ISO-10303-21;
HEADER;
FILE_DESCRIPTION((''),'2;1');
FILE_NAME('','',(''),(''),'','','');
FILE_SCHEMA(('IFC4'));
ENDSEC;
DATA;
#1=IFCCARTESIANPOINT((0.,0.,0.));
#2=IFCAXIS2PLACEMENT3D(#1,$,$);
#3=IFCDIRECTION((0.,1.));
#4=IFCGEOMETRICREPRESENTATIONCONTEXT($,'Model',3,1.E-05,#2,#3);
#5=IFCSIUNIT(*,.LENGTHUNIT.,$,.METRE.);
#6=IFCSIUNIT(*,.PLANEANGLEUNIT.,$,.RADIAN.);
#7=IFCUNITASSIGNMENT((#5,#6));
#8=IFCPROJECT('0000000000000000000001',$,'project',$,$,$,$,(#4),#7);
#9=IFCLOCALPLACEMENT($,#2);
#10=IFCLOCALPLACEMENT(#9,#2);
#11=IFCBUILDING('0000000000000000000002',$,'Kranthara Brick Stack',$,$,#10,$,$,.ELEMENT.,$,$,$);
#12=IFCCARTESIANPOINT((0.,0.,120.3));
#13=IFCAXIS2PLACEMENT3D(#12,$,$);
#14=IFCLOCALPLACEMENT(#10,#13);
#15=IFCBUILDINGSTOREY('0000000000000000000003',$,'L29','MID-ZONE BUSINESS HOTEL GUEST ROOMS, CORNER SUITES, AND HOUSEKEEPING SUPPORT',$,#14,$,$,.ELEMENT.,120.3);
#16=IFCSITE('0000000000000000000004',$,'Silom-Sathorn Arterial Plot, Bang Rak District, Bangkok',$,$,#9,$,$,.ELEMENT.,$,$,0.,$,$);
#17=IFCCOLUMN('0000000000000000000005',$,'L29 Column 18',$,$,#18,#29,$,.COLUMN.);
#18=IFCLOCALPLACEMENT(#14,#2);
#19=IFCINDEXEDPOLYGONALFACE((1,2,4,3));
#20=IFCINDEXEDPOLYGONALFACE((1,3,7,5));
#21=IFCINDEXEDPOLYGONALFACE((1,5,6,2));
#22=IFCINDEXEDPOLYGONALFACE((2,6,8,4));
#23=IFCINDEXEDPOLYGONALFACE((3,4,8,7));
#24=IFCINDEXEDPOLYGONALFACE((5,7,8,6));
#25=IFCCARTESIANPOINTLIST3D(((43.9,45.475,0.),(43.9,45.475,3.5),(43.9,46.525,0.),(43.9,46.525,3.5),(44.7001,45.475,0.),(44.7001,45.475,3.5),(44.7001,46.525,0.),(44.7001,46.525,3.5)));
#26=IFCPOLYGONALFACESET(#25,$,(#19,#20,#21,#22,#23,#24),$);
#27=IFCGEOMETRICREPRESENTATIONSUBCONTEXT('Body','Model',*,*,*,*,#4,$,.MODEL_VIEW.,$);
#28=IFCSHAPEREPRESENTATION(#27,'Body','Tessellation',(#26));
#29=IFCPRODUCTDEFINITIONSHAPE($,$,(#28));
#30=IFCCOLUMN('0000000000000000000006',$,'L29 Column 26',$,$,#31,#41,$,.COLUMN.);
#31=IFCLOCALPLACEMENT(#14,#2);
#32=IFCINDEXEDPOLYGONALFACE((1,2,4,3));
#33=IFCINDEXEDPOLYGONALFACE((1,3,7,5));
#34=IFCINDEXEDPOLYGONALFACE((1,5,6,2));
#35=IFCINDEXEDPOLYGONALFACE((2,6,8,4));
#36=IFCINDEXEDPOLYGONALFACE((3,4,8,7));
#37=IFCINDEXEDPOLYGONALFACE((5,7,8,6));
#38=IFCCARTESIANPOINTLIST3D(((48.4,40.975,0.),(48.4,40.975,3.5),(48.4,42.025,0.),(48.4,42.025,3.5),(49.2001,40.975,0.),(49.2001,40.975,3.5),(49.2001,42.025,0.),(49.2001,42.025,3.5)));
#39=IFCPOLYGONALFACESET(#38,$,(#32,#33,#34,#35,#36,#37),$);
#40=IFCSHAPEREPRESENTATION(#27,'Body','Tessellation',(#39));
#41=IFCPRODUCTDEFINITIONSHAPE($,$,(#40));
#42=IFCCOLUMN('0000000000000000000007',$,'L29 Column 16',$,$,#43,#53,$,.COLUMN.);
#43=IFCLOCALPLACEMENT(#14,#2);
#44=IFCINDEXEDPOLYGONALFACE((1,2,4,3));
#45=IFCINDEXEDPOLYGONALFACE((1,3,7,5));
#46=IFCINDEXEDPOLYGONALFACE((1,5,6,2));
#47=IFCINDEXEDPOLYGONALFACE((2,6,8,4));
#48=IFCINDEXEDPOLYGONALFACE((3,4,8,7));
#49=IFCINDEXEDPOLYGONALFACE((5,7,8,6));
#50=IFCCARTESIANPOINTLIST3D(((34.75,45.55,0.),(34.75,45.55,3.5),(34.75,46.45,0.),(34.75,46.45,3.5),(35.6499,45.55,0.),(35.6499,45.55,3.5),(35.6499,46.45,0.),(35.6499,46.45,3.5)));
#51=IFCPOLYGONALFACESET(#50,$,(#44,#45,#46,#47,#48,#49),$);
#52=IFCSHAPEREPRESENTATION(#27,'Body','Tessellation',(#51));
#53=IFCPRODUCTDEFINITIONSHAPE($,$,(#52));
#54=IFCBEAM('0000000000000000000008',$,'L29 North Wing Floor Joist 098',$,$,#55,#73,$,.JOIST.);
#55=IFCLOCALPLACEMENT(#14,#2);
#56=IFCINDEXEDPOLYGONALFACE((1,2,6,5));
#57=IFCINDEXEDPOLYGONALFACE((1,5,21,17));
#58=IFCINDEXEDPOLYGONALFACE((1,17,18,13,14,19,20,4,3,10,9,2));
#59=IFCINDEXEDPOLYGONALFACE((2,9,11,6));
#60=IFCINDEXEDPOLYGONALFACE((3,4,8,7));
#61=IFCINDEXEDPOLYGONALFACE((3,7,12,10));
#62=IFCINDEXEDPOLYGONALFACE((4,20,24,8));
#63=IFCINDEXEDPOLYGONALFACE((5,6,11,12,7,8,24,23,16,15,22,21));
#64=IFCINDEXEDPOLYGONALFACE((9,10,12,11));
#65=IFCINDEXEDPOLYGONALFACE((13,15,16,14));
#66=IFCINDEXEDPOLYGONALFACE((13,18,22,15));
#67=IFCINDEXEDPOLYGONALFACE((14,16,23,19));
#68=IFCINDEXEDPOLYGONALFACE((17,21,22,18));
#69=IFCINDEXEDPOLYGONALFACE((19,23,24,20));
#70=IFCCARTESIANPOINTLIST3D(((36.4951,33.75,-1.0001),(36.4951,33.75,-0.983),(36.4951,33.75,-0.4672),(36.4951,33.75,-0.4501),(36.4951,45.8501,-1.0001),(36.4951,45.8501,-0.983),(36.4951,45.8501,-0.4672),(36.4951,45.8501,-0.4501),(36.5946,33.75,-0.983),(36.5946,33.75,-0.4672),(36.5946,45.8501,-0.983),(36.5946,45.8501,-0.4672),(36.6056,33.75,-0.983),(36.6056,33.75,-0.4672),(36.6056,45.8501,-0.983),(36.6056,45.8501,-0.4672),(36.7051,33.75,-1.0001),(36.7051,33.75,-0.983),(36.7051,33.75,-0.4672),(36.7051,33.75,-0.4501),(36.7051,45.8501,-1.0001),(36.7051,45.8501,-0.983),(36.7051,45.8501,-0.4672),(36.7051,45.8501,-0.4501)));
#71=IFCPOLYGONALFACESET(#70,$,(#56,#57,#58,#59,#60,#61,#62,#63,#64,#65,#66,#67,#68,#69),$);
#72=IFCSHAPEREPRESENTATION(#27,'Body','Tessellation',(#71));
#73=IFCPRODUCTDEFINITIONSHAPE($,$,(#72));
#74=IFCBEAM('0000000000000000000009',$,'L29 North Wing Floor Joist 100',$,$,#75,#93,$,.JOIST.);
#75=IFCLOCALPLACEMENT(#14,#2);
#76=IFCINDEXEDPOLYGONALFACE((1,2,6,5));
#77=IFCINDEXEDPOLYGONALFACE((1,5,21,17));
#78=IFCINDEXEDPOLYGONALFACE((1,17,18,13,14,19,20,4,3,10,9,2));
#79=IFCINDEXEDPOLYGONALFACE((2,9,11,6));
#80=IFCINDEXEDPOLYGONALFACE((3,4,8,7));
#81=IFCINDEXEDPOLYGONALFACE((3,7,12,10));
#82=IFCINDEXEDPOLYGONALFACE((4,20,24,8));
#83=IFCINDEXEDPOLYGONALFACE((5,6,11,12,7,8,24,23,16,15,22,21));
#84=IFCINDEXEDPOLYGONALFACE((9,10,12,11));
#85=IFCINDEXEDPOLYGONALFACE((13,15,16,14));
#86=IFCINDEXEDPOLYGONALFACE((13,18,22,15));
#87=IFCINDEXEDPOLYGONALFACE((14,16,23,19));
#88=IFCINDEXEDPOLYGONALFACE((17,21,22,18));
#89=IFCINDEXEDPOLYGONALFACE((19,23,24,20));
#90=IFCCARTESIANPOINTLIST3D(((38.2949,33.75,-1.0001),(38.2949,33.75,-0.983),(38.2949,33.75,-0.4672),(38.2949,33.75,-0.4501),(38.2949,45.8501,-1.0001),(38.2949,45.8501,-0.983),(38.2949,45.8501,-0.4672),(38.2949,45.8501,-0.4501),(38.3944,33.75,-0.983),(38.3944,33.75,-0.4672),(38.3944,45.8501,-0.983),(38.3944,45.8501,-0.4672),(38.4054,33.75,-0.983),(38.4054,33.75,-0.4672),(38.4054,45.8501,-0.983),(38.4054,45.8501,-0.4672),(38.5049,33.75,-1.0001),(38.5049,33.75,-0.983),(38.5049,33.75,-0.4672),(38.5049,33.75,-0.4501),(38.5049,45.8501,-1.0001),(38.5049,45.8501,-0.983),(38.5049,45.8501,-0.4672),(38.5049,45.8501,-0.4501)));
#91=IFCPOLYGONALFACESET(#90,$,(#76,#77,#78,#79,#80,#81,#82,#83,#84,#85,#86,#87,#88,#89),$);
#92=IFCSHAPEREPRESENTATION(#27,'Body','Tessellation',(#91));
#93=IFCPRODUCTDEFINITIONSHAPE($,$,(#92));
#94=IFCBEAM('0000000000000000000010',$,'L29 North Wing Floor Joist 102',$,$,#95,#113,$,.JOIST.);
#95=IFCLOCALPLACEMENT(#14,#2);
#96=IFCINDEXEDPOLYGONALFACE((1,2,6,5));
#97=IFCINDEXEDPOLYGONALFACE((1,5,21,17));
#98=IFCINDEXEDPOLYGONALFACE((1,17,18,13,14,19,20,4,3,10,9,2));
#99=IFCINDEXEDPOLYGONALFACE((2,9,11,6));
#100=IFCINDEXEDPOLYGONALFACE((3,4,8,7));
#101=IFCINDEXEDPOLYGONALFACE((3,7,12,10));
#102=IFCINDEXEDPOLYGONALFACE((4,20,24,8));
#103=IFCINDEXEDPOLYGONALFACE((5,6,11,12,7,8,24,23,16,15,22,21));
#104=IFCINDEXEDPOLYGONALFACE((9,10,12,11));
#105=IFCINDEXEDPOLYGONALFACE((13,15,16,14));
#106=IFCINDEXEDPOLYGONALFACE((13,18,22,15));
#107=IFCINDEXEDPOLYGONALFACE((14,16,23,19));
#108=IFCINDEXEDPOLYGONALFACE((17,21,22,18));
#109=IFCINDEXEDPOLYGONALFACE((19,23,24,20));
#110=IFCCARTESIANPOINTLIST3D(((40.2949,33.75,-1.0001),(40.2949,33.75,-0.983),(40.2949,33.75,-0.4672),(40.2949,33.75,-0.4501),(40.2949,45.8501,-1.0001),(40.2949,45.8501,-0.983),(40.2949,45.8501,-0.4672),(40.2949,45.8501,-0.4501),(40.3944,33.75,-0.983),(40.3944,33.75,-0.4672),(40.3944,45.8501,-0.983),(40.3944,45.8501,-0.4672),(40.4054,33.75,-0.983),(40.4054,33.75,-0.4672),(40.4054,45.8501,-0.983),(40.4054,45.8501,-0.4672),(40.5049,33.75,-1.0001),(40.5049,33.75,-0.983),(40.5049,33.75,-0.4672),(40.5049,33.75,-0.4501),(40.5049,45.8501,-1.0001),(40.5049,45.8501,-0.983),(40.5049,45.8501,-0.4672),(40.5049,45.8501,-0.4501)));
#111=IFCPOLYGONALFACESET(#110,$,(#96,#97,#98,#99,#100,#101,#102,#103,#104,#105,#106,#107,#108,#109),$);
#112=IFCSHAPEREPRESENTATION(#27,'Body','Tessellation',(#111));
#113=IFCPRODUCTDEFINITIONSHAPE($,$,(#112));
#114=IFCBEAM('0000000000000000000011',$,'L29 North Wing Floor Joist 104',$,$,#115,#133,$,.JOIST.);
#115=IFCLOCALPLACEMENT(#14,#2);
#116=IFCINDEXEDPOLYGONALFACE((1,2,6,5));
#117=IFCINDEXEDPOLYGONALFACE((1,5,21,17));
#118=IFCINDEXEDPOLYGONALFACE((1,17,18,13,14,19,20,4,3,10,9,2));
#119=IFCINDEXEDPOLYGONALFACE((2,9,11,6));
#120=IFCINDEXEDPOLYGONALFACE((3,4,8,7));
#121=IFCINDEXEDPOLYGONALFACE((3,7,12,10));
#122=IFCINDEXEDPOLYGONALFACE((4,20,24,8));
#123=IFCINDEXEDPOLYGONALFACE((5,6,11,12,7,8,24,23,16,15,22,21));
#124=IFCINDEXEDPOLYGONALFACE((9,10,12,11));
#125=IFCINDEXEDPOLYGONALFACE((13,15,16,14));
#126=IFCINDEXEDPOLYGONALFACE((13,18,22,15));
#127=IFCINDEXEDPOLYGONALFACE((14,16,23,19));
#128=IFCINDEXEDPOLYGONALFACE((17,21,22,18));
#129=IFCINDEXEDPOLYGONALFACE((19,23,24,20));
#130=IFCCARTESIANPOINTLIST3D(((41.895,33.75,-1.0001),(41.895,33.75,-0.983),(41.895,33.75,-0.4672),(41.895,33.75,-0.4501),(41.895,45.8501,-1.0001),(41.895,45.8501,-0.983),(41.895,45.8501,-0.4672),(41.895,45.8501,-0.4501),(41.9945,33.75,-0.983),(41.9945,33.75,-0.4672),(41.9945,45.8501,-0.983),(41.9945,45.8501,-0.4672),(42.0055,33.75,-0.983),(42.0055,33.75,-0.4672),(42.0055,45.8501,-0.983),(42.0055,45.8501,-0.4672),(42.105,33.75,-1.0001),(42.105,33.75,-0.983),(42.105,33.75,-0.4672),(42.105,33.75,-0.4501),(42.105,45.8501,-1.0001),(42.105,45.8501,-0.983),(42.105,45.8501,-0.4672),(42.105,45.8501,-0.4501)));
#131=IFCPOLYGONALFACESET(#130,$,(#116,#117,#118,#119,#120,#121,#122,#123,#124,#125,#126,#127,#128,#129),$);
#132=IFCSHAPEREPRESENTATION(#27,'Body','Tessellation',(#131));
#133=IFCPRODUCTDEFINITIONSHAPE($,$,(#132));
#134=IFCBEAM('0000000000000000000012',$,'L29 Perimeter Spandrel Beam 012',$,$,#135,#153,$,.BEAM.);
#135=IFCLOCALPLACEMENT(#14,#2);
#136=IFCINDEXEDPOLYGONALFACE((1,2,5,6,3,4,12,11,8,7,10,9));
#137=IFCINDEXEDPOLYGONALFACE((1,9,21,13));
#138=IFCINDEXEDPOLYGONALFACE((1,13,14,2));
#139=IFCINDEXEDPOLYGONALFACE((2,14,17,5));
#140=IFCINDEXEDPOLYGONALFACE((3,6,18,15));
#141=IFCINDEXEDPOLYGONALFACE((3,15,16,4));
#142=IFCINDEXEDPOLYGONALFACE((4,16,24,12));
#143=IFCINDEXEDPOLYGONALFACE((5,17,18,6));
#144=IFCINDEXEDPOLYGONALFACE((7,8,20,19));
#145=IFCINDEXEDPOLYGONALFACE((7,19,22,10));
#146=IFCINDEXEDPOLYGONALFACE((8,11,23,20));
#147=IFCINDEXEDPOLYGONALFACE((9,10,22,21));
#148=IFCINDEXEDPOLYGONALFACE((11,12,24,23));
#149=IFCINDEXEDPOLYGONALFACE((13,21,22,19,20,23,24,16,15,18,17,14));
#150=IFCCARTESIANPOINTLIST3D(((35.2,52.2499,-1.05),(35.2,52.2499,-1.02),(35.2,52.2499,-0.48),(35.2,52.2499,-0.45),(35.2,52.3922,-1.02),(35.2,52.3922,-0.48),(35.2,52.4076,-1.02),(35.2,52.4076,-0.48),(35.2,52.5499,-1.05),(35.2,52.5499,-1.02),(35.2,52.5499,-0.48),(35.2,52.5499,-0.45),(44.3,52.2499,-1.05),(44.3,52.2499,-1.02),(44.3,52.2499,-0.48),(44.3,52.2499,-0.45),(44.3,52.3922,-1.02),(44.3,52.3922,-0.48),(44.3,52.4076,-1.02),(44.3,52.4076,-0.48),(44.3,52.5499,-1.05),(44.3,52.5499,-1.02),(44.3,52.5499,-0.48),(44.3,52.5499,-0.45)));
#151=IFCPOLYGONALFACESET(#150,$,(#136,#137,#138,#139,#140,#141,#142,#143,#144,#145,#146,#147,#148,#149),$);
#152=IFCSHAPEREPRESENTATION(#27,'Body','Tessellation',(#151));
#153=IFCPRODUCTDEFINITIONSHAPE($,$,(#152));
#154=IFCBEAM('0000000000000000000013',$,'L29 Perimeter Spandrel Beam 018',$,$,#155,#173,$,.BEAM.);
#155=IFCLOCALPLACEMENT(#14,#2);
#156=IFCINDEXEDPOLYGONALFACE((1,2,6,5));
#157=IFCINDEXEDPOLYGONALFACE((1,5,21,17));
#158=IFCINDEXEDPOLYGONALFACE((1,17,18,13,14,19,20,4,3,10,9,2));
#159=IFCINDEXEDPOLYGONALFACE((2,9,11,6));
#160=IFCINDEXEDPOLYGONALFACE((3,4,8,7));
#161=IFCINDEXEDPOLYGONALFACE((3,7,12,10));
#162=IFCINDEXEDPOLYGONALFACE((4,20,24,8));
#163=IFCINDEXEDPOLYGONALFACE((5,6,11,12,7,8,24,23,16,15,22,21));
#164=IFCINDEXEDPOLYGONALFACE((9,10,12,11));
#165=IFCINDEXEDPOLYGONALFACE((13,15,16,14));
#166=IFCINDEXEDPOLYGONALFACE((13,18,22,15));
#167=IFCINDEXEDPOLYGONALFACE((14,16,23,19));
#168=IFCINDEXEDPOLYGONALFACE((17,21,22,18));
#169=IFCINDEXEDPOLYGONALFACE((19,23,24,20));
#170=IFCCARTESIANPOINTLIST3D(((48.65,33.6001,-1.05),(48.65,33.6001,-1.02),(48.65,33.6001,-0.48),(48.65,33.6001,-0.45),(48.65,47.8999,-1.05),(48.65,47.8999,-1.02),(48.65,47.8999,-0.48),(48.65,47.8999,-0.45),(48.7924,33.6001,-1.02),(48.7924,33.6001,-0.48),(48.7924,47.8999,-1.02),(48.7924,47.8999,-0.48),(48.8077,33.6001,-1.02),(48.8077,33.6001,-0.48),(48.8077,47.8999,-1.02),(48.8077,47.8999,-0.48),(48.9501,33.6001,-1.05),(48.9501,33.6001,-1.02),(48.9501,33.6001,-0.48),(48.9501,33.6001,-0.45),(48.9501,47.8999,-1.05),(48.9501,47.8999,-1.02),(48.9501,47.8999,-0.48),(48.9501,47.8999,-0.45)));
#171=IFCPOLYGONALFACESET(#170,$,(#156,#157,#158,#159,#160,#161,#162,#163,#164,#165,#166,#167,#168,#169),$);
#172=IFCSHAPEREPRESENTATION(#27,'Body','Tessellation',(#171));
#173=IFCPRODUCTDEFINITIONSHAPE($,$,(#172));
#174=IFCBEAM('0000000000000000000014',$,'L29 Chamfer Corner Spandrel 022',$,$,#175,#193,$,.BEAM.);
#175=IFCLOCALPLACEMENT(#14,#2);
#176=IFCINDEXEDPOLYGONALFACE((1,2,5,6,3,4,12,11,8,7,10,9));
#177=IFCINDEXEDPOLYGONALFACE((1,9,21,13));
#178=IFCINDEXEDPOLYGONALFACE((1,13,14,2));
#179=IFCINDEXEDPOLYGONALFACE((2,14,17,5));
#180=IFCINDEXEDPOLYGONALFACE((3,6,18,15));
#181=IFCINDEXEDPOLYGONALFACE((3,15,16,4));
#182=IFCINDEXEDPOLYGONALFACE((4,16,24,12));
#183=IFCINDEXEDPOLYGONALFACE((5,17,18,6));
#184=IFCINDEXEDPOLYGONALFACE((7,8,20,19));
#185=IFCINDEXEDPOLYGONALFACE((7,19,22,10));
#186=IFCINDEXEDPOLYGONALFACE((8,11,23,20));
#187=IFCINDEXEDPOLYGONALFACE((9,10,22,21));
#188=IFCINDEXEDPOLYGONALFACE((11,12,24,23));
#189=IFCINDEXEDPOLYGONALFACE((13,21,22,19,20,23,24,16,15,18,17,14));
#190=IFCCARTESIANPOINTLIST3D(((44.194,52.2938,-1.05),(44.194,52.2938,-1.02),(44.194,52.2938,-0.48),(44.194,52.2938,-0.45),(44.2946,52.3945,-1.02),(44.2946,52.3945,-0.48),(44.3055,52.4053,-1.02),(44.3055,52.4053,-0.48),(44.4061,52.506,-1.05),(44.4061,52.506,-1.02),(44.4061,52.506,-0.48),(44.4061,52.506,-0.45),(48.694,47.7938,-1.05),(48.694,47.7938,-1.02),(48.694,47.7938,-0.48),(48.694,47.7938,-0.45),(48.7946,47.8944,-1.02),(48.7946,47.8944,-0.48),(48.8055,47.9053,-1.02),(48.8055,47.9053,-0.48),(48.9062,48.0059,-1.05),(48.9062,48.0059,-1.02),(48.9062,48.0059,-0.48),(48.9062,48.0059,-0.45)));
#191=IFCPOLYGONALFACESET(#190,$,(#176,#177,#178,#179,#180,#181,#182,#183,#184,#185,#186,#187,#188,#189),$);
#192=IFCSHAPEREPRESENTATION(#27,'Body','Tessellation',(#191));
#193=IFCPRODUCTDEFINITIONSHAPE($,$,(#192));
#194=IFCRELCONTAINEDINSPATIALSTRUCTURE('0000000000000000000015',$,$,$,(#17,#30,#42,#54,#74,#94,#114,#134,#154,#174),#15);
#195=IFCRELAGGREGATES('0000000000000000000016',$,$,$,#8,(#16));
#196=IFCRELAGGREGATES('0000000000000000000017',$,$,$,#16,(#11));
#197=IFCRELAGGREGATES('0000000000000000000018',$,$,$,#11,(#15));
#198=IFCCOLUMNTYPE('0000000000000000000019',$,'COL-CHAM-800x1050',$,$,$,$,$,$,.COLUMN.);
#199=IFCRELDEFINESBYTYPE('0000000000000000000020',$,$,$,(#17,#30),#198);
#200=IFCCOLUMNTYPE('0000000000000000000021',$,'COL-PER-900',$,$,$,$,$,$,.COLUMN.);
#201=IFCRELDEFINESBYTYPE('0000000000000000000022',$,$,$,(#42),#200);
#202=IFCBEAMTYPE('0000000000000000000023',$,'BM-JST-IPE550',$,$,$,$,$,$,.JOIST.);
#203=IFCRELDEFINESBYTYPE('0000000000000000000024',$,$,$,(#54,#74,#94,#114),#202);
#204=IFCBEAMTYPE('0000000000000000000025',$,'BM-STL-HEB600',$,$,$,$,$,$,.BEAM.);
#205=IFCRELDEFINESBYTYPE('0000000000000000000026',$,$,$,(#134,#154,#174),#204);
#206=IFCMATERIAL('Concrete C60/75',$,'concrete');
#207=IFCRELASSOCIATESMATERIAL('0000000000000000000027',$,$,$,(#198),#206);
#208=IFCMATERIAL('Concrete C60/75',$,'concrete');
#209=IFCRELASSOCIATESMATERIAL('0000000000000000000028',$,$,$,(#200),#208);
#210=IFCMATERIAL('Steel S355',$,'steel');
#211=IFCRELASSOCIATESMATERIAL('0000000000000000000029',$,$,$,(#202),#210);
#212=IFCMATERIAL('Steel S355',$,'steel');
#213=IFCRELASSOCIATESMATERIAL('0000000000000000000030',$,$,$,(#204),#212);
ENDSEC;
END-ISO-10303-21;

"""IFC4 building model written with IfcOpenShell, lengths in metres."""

from ifc_helpers import new_model, si_unit, direction, frame, origin, origin_2d, place, context, subcontext, project, spatial, rectangle, i_section, extrude, material, material_profile, profile_set, type_object, element, save


model = new_model("IFC4")

# Units and contexts
model_context = context("Model", 3, precision=1e-05, world=origin(), true_north=direction((0.0, 1.0)))
body_context = subcontext(model_context, "Body", "Model", "MODEL_VIEW")
ifc_project = project(units=[si_unit("LENGTHUNIT", "METRE"), si_unit("PLANEANGLEUNIT", "RADIAN")], contexts=[model_context])

# Site, building, storey
site_placement = place(None, origin())
site = spatial("IfcSite", under=ifc_project, at=site_placement, Name="Silom-Sathorn Arterial Plot, Bang Rak District, Bangkok", CompositionType="ELEMENT", RefElevation=0.0)
building_placement = place(site_placement, origin())
building = spatial("IfcBuilding", under=site, at=building_placement, Name="Kranthara Brick Stack", CompositionType="ELEMENT")
storey_placement = place(building_placement, frame((0.0, 0.0, 120.3)))
storey = spatial("IfcBuildingStorey", under=building, at=storey_placement, Name="L29", Description="MID-ZONE BUSINESS HOTEL GUEST ROOMS, CORNER SUITES, AND HOUSEKEEPING SUPPORT", CompositionType="ELEMENT", Elevation=120.3)

# Columns
ifc_material_1 = material(Name="Concrete C60/75", Category="concrete")
ifc_material_profile_1 = material_profile(ifc_material_1, rectangle(XDim=0.8, YDim=1.05, at=origin_2d()), Name="RC 800x1050")
ifc_profile_set_1 = profile_set([ifc_material_profile_1], Name="Concrete C60/75")
column_type_1 = type_object("IfcColumnType", Name="COL-CHAM-800x1050", PredefinedType="COLUMN", material=ifc_profile_set_1)
for number, where, z_axis, x_axis, name in (
    (1, (44.3, 46.0, 0.0), (0.0, 0.0, 1.0), (1.0, 0.0, 0.0), "L29 Column 18"),
    (2, (48.8, 41.5, 0.0), (0.0, 0.0, 1.0), (1.0, 0.0, 0.0), "L29 Column 26"),
):
    element("IfcColumn", number, at=place(storey_placement, frame(where, z_axis=z_axis, x_axis=x_axis)), inside=storey, type_object=column_type_1, Name=name, PredefinedType="COLUMN", context=body_context, shape_type="SweptSolid", body=[
        extrude(rectangle(XDim=0.8, YDim=1.05, at=origin_2d()), origin(), (0.0, 0.0, 1.0), 3.5),
    ])
ifc_material_2 = material(Name="Concrete C60/75", Category="concrete")
ifc_material_profile_2 = material_profile(ifc_material_2, rectangle(XDim=0.8999, YDim=0.8999, at=origin_2d()), Name="RC 900x900")
ifc_profile_set_2 = profile_set([ifc_material_profile_2], Name="Concrete C60/75")
column_type_2 = type_object("IfcColumnType", Name="COL-PER-900", PredefinedType="COLUMN", material=ifc_profile_set_2)
column_placement = place(storey_placement, frame((35.2, 46.0, 0.0), z_axis=(0.0, 0.0, 1.0), x_axis=(1.0, 0.0, 0.0)))
element("IfcColumn", 3, at=column_placement, inside=storey, type_object=column_type_2, Name="L29 Column 16", PredefinedType="COLUMN", context=body_context, shape_type="SweptSolid", body=[
    extrude(rectangle(XDim=0.8999, YDim=0.8999, at=origin_2d()), origin(), (0.0, 0.0, 1.0), 3.5),
])

# Beams
ifc_material_3 = material(Name="Steel S355", Category="steel")
ifc_material_profile_3 = material_profile(ifc_material_3, i_section(OverallWidth=0.21, OverallDepth=0.55, WebThickness=0.011, FlangeThickness=0.0171, at=origin_2d()), Name="IPE 550")
ifc_profile_set_3 = profile_set([ifc_material_profile_3], Name="Steel S355")
beam_type_1 = type_object("IfcBeamType", Name="BM-JST-IPE550", PredefinedType="JOIST", material=ifc_profile_set_3)
for number, where, z_axis, x_axis, name in (
    (4, (36.6001, 33.75, -0.7251), (0.0, 1.0, 0.0), (-1.0, 0.0, 0.0), "L29 North Wing Floor Joist 098"),
    (5, (38.3999, 33.75, -0.7251), (0.0, 1.0, 0.0), (-1.0, 0.0, 0.0), "L29 North Wing Floor Joist 100"),
    (6, (40.3999, 33.75, -0.7251), (0.0, 1.0, 0.0), (-1.0, 0.0, 0.0), "L29 North Wing Floor Joist 102"),
    (7, (42.0, 33.75, -0.7251), (0.0, 1.0, 0.0), (-1.0, 0.0, 0.0), "L29 North Wing Floor Joist 104"),
):
    element("IfcBeam", number, at=place(storey_placement, frame(where, z_axis=z_axis, x_axis=x_axis)), inside=storey, type_object=beam_type_1, Name=name, PredefinedType="JOIST", context=body_context, shape_type="SweptSolid", body=[
        extrude(i_section(OverallWidth=0.21, OverallDepth=0.55, WebThickness=0.011, FlangeThickness=0.0171, at=origin_2d()), origin(), (0.0, 0.0, 1.0), 12.1001),
    ])
ifc_material_4 = material(Name="Steel S355", Category="steel")
ifc_material_profile_4 = material_profile(ifc_material_4, i_section(OverallWidth=0.3, OverallDepth=0.6001, WebThickness=0.0154, FlangeThickness=0.03, at=origin_2d()), Name="HEB 600")
ifc_profile_set_4 = profile_set([ifc_material_profile_4], Name="Steel S355")
beam_type_2 = type_object("IfcBeamType", Name="BM-STL-HEB600", PredefinedType="BEAM", material=ifc_profile_set_4)
beam_1_placement = place(storey_placement, frame((35.2, 52.3999, -0.75), z_axis=(1.0, 0.0, 0.0), x_axis=(0.0, 1.0, 0.0)))
element("IfcBeam", 8, at=beam_1_placement, inside=storey, type_object=beam_type_2, Name="L29 Perimeter Spandrel Beam 012", PredefinedType="BEAM", context=body_context, shape_type="SweptSolid", body=[
    extrude(i_section(OverallWidth=0.3, OverallDepth=0.6001, WebThickness=0.0154, FlangeThickness=0.03, at=origin_2d()), origin(), (0.0, 0.0, 1.0), 9.1001),
])
beam_2_placement = place(storey_placement, frame((48.8, 33.6001, -0.75), z_axis=(0.0, 1.0, 0.0), x_axis=(-1.0, 0.0, 0.0)))
element("IfcBeam", 9, at=beam_2_placement, inside=storey, type_object=beam_type_2, Name="L29 Perimeter Spandrel Beam 018", PredefinedType="BEAM", context=body_context, shape_type="SweptSolid", body=[
    extrude(i_section(OverallWidth=0.3, OverallDepth=0.6001, WebThickness=0.0154, FlangeThickness=0.03, at=origin_2d()), origin(), (0.0, 0.0, 1.0), 14.2998),
])
beam_3_placement = place(storey_placement, frame((44.3, 52.3999, -0.75), z_axis=(0.707107, -0.707107, 0.0), x_axis=(0.707107, 0.707107, 0.0)))
element("IfcBeam", 10, at=beam_3_placement, inside=storey, type_object=beam_type_2, Name="L29 Chamfer Corner Spandrel 022", PredefinedType="BEAM", context=body_context, shape_type="SweptSolid", body=[
    extrude(i_section(OverallWidth=0.3, OverallDepth=0.6001, WebThickness=0.0154, FlangeThickness=0.03, at=origin_2d()), origin(), (0.0, 0.0, 1.0), 6.364),
])

save(model, "model.ifc")
